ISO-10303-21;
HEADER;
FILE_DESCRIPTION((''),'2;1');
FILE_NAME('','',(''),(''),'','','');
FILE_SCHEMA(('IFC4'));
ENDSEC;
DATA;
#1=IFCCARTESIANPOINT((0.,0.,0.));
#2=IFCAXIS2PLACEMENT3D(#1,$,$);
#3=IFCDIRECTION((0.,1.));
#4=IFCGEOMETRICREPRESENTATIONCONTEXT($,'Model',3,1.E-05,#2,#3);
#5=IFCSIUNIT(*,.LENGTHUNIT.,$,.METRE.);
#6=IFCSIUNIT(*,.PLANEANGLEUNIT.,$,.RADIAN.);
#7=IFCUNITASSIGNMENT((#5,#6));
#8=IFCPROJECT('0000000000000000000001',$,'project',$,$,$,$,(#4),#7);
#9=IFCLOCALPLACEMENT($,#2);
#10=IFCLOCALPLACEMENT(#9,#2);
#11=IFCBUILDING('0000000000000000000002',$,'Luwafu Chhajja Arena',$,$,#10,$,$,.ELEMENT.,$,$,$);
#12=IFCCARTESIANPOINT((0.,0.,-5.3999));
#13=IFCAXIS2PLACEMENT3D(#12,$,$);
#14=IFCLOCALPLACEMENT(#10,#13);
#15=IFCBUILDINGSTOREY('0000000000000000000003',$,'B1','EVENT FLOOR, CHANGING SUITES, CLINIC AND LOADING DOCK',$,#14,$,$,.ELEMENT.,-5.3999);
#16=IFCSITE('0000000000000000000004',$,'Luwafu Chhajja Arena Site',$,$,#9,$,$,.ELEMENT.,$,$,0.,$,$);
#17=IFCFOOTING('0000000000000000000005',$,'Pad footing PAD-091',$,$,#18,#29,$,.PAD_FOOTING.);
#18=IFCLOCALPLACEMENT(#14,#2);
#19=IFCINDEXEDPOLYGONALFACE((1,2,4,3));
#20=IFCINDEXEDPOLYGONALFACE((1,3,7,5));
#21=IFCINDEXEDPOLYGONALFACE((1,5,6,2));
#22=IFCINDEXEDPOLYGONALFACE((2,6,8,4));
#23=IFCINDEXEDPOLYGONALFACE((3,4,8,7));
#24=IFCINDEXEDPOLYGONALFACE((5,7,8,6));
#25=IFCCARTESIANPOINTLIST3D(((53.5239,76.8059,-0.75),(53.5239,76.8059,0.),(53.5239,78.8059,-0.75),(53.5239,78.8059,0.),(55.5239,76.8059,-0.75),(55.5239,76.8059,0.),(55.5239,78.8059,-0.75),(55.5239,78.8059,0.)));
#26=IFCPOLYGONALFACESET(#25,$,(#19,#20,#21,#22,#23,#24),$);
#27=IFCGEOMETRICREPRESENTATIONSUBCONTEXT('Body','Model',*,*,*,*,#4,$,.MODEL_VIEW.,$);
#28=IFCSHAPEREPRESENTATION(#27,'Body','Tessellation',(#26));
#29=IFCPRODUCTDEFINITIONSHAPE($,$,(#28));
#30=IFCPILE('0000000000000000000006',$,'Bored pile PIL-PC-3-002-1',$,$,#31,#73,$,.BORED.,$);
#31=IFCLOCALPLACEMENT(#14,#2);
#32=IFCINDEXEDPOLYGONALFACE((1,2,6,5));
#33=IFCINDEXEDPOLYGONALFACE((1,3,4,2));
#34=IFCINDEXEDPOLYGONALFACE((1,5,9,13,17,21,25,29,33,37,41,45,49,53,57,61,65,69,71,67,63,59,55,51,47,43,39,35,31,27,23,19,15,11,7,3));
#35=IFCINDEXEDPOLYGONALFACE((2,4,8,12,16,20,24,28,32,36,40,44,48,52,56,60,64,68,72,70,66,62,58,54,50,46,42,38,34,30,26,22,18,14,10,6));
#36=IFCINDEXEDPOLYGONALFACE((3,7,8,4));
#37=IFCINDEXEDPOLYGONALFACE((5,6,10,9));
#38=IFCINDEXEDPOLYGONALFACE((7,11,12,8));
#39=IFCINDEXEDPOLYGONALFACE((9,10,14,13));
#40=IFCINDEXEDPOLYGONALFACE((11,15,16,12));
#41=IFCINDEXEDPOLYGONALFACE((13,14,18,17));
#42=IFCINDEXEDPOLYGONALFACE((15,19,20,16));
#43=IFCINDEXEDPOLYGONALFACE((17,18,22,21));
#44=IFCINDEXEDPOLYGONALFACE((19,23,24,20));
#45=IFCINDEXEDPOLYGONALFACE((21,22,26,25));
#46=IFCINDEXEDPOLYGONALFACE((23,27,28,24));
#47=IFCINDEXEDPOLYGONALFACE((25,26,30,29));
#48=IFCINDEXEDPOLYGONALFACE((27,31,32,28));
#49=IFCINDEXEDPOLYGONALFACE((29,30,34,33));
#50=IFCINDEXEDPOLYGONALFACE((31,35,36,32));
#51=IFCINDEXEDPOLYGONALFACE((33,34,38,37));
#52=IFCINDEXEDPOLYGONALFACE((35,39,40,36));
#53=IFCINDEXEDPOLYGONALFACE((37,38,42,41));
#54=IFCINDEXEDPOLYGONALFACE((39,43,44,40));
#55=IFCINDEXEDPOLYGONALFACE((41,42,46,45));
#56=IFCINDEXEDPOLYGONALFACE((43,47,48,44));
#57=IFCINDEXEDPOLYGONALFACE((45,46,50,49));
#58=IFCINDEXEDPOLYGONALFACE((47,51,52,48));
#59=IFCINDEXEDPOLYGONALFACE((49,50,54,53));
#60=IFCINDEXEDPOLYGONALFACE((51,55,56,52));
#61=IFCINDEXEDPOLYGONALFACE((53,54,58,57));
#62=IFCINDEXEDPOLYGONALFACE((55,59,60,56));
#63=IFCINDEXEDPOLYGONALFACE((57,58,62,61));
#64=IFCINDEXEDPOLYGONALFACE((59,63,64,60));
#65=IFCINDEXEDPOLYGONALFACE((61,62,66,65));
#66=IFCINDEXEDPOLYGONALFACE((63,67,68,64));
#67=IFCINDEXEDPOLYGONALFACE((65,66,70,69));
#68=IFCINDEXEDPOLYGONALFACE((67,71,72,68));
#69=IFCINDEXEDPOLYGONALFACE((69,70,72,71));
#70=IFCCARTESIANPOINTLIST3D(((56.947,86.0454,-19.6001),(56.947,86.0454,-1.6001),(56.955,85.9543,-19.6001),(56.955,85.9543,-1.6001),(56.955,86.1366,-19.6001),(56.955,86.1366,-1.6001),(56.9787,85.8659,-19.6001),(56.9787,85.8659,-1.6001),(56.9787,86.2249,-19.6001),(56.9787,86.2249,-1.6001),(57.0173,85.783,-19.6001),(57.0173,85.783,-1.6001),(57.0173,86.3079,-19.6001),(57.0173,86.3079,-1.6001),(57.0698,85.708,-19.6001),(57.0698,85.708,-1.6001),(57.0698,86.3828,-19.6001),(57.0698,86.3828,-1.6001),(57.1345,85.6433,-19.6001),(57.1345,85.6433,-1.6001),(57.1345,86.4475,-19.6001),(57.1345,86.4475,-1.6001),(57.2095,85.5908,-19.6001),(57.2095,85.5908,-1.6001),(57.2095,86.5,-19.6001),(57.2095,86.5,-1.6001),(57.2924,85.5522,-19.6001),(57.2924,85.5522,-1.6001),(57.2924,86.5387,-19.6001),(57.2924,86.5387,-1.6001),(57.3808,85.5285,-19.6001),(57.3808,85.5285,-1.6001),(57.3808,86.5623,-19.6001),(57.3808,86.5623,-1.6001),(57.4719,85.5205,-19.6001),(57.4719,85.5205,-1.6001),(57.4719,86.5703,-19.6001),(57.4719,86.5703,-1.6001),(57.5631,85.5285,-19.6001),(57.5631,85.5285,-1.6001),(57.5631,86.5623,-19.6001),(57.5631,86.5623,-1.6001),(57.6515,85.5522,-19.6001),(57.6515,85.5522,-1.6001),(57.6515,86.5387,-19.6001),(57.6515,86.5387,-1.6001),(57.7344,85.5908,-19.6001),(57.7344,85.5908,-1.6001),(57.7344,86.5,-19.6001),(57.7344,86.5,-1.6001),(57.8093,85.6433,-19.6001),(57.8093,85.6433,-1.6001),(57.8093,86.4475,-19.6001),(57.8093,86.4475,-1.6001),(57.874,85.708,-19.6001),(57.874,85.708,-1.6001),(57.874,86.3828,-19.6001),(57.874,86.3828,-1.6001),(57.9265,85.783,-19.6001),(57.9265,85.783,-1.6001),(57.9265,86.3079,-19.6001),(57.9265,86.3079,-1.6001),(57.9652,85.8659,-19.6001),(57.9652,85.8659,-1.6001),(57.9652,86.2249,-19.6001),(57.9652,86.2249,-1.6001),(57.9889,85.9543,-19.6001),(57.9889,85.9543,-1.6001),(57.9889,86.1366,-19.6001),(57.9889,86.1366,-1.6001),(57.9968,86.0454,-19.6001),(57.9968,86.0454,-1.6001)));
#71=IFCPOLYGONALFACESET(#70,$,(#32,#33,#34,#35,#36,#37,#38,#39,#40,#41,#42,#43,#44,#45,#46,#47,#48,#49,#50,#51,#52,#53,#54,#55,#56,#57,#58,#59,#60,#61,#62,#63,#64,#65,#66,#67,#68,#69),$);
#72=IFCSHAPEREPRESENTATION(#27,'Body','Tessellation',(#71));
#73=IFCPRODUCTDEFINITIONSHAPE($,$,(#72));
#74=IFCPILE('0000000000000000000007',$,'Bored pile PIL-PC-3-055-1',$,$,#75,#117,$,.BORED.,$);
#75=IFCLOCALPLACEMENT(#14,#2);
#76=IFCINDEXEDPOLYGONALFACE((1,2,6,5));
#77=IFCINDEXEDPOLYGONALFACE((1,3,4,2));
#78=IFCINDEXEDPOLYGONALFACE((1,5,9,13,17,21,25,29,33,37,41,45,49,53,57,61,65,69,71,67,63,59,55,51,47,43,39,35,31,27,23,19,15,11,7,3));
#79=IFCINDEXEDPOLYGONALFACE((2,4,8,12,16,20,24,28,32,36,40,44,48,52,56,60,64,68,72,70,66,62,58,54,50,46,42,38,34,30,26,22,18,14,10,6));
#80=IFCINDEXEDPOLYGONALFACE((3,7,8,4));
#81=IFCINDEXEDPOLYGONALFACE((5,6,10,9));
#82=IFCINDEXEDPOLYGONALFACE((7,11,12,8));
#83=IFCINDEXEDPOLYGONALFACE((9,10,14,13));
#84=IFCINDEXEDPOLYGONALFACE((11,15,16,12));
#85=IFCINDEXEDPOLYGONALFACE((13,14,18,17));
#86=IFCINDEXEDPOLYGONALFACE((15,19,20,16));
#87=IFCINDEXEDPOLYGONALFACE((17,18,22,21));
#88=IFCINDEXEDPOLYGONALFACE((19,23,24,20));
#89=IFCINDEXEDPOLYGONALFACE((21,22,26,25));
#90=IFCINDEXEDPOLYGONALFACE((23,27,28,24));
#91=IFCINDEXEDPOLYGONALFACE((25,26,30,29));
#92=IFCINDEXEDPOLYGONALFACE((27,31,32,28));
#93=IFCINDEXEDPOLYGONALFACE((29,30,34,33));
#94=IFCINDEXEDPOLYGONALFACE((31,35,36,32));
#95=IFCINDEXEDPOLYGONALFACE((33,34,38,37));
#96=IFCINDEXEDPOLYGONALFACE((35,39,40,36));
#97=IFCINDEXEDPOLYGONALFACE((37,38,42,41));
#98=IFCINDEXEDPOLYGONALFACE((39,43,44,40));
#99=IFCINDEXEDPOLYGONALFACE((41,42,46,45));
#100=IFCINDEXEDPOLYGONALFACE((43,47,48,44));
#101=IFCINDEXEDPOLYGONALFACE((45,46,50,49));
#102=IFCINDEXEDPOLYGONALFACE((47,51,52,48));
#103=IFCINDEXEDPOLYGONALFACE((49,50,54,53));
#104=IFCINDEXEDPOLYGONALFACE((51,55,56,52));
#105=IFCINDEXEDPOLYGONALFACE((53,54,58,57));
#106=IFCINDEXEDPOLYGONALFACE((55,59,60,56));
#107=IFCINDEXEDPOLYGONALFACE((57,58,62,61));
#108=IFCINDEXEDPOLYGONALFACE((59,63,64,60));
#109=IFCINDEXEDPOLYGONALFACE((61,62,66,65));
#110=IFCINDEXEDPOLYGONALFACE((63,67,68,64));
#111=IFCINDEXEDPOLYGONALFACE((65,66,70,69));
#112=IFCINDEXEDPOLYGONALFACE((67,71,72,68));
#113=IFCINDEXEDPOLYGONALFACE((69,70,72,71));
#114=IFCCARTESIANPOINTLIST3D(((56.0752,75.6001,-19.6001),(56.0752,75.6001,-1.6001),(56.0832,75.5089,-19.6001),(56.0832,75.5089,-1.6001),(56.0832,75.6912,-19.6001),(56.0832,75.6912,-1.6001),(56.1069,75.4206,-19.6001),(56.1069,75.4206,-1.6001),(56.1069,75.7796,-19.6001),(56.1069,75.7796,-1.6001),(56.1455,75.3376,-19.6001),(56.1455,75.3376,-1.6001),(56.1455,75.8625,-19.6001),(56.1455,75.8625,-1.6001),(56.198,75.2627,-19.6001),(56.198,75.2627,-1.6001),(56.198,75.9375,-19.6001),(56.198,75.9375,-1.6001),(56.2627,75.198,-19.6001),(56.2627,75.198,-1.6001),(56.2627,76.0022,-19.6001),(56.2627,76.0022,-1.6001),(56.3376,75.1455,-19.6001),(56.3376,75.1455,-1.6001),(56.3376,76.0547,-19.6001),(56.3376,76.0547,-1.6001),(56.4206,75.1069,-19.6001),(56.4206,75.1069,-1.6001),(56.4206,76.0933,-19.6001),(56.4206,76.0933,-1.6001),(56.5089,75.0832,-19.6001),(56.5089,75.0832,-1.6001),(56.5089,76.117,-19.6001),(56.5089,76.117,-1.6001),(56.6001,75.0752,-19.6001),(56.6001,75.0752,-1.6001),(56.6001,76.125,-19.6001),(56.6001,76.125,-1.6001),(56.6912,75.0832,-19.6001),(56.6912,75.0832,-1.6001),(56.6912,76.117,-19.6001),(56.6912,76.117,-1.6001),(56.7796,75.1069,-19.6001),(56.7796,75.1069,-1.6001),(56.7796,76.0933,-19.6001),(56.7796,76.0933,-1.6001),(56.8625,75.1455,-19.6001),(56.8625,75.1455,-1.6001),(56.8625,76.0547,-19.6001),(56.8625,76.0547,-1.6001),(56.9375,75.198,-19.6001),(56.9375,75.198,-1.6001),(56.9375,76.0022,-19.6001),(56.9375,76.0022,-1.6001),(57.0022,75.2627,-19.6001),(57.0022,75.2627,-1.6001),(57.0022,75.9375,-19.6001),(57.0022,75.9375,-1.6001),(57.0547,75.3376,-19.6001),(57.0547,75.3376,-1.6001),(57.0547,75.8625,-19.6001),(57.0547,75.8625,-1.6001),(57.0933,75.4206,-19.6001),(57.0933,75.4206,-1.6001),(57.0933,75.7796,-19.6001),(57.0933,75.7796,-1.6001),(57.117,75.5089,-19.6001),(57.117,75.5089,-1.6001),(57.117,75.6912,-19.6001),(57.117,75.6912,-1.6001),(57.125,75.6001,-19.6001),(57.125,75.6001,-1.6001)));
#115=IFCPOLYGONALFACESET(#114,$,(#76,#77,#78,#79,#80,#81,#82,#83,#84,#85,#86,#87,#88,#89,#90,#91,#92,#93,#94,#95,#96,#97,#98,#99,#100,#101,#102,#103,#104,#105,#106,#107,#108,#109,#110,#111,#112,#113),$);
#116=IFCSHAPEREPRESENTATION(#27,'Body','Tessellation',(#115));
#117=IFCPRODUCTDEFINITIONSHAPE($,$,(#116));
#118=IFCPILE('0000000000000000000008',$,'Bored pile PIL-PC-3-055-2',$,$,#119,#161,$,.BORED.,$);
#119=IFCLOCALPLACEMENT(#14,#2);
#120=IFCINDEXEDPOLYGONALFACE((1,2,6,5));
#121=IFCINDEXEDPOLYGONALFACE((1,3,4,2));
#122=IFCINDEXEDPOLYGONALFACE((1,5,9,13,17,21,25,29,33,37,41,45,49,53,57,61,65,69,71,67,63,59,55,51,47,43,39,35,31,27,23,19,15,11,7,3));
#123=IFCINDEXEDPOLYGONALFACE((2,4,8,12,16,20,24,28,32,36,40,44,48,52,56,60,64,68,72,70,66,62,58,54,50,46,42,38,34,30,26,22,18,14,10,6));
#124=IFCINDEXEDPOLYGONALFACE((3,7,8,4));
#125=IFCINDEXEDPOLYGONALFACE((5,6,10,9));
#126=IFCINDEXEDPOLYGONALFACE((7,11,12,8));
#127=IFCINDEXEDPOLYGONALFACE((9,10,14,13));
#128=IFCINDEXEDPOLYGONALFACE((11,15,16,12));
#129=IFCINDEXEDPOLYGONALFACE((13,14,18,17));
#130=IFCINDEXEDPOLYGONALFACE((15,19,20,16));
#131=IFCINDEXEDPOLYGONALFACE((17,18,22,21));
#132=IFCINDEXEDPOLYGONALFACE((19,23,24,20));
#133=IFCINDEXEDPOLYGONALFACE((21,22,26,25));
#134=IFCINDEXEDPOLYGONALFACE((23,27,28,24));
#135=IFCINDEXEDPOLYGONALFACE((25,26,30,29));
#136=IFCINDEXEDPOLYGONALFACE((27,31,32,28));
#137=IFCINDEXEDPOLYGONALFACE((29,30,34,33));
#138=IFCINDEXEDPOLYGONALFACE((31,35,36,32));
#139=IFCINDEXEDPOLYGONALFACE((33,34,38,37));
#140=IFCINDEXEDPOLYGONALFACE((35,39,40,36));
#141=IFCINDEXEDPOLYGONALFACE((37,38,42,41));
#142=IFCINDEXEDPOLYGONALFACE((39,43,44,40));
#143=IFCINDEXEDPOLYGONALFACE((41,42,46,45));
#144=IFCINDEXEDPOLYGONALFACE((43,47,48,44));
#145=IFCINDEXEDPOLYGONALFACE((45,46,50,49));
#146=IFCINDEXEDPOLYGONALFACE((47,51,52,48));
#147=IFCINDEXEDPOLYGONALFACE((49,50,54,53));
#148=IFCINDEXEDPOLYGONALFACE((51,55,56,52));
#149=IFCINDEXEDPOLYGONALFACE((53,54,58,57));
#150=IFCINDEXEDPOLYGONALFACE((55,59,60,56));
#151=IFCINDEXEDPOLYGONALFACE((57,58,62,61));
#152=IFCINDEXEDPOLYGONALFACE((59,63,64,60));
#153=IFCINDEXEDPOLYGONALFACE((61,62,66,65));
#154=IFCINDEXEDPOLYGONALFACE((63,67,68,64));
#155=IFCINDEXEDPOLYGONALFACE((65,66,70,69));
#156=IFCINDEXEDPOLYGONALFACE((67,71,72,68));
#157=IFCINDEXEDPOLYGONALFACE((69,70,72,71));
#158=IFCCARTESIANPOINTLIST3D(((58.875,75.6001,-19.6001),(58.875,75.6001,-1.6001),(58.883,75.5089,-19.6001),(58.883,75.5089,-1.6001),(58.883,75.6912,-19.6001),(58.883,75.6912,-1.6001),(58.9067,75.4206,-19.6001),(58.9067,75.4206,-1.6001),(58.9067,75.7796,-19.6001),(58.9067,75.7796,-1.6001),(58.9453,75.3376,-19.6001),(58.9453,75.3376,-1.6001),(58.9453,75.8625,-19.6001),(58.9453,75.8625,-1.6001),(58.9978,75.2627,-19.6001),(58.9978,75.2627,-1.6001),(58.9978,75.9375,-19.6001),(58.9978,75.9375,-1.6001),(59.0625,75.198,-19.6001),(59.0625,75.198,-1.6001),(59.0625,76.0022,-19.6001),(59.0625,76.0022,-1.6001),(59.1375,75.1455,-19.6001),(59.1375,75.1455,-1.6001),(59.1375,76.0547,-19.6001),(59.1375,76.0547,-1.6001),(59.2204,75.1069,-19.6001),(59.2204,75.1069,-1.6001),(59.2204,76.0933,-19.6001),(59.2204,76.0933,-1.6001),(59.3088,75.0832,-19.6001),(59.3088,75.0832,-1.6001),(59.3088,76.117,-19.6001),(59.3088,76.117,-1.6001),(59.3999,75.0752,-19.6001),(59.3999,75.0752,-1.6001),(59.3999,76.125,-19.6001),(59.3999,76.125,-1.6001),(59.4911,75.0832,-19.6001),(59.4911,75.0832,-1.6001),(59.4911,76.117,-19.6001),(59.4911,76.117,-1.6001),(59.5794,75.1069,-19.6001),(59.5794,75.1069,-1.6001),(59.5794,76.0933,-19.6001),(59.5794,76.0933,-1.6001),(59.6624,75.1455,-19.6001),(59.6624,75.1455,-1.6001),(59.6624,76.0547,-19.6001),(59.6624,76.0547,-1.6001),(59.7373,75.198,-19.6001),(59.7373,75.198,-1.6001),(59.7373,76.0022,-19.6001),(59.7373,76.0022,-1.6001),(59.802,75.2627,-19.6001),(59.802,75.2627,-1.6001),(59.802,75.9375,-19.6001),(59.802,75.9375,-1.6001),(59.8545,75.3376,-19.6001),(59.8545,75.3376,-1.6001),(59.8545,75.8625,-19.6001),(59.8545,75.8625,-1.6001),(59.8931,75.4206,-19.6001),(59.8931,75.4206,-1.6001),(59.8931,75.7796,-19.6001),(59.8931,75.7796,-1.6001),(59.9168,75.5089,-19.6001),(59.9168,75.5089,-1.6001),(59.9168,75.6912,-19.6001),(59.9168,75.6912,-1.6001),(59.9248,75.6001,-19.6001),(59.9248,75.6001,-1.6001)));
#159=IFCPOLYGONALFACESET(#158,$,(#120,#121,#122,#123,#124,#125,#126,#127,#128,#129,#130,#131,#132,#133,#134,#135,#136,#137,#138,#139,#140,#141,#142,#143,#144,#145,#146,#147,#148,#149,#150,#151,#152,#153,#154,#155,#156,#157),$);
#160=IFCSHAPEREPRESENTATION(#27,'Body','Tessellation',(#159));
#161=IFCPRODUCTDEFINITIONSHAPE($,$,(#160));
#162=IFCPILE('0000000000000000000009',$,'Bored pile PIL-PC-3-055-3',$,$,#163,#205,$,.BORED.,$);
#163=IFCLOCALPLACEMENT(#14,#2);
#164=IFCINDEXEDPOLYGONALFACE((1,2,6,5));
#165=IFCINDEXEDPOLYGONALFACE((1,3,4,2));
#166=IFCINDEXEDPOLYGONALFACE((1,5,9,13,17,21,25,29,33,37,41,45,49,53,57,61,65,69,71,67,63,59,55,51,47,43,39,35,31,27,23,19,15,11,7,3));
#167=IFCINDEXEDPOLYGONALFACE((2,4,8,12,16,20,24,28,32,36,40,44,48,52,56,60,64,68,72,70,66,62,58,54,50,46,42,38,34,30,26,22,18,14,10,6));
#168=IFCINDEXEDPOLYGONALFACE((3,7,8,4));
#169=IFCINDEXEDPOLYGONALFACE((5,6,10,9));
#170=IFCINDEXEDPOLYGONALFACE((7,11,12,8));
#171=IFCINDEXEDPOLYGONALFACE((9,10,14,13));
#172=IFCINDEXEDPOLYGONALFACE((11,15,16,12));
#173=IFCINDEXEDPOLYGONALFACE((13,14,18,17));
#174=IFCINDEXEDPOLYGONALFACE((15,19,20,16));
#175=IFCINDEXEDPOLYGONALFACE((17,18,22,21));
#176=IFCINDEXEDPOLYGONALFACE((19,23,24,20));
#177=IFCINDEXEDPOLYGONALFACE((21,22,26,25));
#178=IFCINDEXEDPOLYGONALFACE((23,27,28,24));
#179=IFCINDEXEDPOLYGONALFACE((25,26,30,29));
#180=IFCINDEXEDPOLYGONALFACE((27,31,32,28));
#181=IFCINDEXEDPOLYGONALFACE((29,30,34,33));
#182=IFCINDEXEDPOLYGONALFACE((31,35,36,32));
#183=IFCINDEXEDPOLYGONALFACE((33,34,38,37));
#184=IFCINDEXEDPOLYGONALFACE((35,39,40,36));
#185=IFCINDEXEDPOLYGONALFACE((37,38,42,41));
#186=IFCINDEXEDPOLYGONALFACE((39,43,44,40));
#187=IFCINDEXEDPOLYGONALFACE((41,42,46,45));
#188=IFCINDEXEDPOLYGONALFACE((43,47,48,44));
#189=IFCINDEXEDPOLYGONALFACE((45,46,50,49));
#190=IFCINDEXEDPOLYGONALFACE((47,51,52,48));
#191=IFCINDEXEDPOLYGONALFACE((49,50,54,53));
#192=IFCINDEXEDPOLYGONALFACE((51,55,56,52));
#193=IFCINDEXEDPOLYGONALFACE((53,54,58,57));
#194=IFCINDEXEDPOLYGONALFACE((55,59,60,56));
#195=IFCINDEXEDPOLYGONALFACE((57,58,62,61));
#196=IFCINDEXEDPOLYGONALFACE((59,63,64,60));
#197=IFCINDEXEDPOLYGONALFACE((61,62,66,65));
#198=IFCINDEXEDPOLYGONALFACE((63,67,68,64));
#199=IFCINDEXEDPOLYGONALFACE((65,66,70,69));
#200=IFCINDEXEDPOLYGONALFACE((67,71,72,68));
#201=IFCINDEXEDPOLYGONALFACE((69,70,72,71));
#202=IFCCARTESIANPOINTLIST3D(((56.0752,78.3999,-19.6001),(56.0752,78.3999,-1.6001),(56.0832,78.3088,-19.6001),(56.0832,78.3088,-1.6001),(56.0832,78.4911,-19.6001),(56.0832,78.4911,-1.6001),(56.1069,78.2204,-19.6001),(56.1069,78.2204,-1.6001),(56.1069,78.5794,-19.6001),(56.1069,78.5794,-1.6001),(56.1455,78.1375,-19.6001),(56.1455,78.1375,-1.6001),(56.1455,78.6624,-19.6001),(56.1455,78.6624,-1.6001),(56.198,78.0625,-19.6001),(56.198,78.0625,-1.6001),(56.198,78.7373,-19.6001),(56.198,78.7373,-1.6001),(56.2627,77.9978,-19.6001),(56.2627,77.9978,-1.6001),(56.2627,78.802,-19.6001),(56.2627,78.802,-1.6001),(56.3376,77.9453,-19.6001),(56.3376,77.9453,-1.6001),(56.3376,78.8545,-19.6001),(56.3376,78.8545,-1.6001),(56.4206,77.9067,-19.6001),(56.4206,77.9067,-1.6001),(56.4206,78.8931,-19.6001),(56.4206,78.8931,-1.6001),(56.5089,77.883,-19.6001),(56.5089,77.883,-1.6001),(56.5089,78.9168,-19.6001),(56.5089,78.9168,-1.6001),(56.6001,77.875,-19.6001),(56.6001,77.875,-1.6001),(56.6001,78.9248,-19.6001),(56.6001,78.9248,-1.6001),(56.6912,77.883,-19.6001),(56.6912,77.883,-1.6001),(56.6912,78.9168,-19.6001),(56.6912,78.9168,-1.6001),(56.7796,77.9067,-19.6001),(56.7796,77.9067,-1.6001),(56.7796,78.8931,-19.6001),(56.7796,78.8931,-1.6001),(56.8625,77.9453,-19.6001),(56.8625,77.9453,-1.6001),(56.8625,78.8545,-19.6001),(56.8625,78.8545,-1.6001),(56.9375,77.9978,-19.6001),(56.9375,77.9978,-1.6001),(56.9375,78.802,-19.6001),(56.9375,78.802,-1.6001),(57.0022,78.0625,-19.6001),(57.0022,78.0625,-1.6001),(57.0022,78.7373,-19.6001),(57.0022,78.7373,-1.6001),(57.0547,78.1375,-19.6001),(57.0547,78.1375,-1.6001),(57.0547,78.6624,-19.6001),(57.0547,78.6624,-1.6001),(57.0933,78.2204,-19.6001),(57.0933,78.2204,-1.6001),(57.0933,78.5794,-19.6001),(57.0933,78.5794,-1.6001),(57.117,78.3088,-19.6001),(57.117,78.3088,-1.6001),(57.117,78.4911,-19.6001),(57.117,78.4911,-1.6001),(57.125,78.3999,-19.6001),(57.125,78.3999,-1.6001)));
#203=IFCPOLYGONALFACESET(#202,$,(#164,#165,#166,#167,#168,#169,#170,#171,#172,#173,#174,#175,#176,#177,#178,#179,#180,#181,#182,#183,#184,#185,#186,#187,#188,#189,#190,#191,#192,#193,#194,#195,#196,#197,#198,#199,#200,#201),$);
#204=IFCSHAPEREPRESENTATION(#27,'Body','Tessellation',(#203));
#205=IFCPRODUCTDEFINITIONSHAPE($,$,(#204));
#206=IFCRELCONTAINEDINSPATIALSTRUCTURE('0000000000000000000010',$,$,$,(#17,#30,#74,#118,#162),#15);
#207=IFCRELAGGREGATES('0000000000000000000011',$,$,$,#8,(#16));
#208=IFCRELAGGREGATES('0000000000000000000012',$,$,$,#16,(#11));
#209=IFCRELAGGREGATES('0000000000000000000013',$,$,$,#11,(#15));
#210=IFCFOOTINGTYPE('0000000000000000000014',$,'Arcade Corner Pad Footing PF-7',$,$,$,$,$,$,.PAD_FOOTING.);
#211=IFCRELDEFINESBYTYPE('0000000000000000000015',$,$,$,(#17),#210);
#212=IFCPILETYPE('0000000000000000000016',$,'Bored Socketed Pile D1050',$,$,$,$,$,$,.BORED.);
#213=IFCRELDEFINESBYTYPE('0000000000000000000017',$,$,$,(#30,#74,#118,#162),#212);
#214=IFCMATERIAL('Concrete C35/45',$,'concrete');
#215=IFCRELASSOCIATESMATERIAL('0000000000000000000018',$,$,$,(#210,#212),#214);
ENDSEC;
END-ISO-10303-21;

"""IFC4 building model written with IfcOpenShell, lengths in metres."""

from ifc_helpers import new_model, si_unit, direction, frame, origin, origin_2d, place, context, subcontext, project, spatial, rectangle, circle, extrude, material, material_profile, profile_set, type_object, element, save


model = new_model("IFC4")

# Units and contexts
model_context = context("Model", 3, precision=1e-05, world=origin(), true_north=direction((0.0, 1.0)))
body_context = subcontext(model_context, "Body", "Model", "MODEL_VIEW")
ifc_project = project(units=[si_unit("LENGTHUNIT", "METRE"), si_unit("PLANEANGLEUNIT", "RADIAN")], contexts=[model_context])

# Site, building, storey
site_placement = place(None, origin())
site = spatial("IfcSite", under=ifc_project, at=site_placement, Name="Luwafu Chhajja Arena Site", CompositionType="ELEMENT", RefElevation=0.0)
building_placement = place(site_placement, origin())
building = spatial("IfcBuilding", under=site, at=building_placement, Name="Luwafu Chhajja Arena", CompositionType="ELEMENT")
storey_placement = place(building_placement, frame((0.0, 0.0, -5.3999)))
storey = spatial("IfcBuildingStorey", under=building, at=storey_placement, Name="B1", Description="EVENT FLOOR, CHANGING SUITES, CLINIC AND LOADING DOCK", CompositionType="ELEMENT", Elevation=-5.3999)

# Footing
ifc_material_1 = material(Name="Concrete C35/45", Category="concrete")
footing_type_1 = type_object("IfcFootingType", Name="Arcade Corner Pad Footing PF-7", PredefinedType="PAD_FOOTING", material=ifc_material_1)
footing_1_placement = place(storey_placement, frame((54.5239, 77.8059, -0.75), z_axis=(0.0, 0.0, 1.0), x_axis=(1.0, 0.0, 0.0)))
element("IfcFooting", 1, at=footing_1_placement, inside=storey, type_object=footing_type_1, Name="Pad footing PAD-091", PredefinedType="PAD_FOOTING", context=body_context, shape_type="SweptSolid", body=[
    extrude(rectangle(XDim=2.0, YDim=2.0, at=origin_2d()), origin(), (0.0, 0.0, 1.0), 0.75),
])

# Piles
ifc_material_profile_1 = material_profile(ifc_material_1, circle(Radius=0.5249, at=origin_2d()), Name="PILE D1050")
ifc_profile_set_1 = profile_set([ifc_material_profile_1], Name="Concrete C35/45")
pile_type_1 = type_object("IfcPileType", Name="Bored Socketed Pile D1050", PredefinedType="BORED", material=ifc_profile_set_1)
for number, where, z_axis, x_axis, name in (
    (2, (57.4719, 86.0454, -1.6001), (0.0, 0.0, -1.0), (1.0, 0.0, 0.0), "Bored pile PIL-PC-3-002-1"),
    (3, (56.6001, 75.6001, -1.6001), (0.0, 0.0, -1.0), (1.0, 0.0, 0.0), "Bored pile PIL-PC-3-055-1"),
    (4, (59.3999, 75.6001, -1.6001), (0.0, 0.0, -1.0), (1.0, 0.0, 0.0), "Bored pile PIL-PC-3-055-2"),
    (5, (56.6001, 78.3999, -1.6001), (0.0, 0.0, -1.0), (1.0, 0.0, 0.0), "Bored pile PIL-PC-3-055-3"),
):
    element("IfcPile", number, at=place(storey_placement, frame(where, z_axis=z_axis, x_axis=x_axis)), inside=storey, type_object=pile_type_1, Name=name, PredefinedType="BORED", context=body_context, shape_type="SweptSolid", body=[
        extrude(circle(Radius=0.5249, at=origin_2d()), origin(), (0.0, 0.0, 1.0), 18.0),
    ])

save(model, "model.ifc")
